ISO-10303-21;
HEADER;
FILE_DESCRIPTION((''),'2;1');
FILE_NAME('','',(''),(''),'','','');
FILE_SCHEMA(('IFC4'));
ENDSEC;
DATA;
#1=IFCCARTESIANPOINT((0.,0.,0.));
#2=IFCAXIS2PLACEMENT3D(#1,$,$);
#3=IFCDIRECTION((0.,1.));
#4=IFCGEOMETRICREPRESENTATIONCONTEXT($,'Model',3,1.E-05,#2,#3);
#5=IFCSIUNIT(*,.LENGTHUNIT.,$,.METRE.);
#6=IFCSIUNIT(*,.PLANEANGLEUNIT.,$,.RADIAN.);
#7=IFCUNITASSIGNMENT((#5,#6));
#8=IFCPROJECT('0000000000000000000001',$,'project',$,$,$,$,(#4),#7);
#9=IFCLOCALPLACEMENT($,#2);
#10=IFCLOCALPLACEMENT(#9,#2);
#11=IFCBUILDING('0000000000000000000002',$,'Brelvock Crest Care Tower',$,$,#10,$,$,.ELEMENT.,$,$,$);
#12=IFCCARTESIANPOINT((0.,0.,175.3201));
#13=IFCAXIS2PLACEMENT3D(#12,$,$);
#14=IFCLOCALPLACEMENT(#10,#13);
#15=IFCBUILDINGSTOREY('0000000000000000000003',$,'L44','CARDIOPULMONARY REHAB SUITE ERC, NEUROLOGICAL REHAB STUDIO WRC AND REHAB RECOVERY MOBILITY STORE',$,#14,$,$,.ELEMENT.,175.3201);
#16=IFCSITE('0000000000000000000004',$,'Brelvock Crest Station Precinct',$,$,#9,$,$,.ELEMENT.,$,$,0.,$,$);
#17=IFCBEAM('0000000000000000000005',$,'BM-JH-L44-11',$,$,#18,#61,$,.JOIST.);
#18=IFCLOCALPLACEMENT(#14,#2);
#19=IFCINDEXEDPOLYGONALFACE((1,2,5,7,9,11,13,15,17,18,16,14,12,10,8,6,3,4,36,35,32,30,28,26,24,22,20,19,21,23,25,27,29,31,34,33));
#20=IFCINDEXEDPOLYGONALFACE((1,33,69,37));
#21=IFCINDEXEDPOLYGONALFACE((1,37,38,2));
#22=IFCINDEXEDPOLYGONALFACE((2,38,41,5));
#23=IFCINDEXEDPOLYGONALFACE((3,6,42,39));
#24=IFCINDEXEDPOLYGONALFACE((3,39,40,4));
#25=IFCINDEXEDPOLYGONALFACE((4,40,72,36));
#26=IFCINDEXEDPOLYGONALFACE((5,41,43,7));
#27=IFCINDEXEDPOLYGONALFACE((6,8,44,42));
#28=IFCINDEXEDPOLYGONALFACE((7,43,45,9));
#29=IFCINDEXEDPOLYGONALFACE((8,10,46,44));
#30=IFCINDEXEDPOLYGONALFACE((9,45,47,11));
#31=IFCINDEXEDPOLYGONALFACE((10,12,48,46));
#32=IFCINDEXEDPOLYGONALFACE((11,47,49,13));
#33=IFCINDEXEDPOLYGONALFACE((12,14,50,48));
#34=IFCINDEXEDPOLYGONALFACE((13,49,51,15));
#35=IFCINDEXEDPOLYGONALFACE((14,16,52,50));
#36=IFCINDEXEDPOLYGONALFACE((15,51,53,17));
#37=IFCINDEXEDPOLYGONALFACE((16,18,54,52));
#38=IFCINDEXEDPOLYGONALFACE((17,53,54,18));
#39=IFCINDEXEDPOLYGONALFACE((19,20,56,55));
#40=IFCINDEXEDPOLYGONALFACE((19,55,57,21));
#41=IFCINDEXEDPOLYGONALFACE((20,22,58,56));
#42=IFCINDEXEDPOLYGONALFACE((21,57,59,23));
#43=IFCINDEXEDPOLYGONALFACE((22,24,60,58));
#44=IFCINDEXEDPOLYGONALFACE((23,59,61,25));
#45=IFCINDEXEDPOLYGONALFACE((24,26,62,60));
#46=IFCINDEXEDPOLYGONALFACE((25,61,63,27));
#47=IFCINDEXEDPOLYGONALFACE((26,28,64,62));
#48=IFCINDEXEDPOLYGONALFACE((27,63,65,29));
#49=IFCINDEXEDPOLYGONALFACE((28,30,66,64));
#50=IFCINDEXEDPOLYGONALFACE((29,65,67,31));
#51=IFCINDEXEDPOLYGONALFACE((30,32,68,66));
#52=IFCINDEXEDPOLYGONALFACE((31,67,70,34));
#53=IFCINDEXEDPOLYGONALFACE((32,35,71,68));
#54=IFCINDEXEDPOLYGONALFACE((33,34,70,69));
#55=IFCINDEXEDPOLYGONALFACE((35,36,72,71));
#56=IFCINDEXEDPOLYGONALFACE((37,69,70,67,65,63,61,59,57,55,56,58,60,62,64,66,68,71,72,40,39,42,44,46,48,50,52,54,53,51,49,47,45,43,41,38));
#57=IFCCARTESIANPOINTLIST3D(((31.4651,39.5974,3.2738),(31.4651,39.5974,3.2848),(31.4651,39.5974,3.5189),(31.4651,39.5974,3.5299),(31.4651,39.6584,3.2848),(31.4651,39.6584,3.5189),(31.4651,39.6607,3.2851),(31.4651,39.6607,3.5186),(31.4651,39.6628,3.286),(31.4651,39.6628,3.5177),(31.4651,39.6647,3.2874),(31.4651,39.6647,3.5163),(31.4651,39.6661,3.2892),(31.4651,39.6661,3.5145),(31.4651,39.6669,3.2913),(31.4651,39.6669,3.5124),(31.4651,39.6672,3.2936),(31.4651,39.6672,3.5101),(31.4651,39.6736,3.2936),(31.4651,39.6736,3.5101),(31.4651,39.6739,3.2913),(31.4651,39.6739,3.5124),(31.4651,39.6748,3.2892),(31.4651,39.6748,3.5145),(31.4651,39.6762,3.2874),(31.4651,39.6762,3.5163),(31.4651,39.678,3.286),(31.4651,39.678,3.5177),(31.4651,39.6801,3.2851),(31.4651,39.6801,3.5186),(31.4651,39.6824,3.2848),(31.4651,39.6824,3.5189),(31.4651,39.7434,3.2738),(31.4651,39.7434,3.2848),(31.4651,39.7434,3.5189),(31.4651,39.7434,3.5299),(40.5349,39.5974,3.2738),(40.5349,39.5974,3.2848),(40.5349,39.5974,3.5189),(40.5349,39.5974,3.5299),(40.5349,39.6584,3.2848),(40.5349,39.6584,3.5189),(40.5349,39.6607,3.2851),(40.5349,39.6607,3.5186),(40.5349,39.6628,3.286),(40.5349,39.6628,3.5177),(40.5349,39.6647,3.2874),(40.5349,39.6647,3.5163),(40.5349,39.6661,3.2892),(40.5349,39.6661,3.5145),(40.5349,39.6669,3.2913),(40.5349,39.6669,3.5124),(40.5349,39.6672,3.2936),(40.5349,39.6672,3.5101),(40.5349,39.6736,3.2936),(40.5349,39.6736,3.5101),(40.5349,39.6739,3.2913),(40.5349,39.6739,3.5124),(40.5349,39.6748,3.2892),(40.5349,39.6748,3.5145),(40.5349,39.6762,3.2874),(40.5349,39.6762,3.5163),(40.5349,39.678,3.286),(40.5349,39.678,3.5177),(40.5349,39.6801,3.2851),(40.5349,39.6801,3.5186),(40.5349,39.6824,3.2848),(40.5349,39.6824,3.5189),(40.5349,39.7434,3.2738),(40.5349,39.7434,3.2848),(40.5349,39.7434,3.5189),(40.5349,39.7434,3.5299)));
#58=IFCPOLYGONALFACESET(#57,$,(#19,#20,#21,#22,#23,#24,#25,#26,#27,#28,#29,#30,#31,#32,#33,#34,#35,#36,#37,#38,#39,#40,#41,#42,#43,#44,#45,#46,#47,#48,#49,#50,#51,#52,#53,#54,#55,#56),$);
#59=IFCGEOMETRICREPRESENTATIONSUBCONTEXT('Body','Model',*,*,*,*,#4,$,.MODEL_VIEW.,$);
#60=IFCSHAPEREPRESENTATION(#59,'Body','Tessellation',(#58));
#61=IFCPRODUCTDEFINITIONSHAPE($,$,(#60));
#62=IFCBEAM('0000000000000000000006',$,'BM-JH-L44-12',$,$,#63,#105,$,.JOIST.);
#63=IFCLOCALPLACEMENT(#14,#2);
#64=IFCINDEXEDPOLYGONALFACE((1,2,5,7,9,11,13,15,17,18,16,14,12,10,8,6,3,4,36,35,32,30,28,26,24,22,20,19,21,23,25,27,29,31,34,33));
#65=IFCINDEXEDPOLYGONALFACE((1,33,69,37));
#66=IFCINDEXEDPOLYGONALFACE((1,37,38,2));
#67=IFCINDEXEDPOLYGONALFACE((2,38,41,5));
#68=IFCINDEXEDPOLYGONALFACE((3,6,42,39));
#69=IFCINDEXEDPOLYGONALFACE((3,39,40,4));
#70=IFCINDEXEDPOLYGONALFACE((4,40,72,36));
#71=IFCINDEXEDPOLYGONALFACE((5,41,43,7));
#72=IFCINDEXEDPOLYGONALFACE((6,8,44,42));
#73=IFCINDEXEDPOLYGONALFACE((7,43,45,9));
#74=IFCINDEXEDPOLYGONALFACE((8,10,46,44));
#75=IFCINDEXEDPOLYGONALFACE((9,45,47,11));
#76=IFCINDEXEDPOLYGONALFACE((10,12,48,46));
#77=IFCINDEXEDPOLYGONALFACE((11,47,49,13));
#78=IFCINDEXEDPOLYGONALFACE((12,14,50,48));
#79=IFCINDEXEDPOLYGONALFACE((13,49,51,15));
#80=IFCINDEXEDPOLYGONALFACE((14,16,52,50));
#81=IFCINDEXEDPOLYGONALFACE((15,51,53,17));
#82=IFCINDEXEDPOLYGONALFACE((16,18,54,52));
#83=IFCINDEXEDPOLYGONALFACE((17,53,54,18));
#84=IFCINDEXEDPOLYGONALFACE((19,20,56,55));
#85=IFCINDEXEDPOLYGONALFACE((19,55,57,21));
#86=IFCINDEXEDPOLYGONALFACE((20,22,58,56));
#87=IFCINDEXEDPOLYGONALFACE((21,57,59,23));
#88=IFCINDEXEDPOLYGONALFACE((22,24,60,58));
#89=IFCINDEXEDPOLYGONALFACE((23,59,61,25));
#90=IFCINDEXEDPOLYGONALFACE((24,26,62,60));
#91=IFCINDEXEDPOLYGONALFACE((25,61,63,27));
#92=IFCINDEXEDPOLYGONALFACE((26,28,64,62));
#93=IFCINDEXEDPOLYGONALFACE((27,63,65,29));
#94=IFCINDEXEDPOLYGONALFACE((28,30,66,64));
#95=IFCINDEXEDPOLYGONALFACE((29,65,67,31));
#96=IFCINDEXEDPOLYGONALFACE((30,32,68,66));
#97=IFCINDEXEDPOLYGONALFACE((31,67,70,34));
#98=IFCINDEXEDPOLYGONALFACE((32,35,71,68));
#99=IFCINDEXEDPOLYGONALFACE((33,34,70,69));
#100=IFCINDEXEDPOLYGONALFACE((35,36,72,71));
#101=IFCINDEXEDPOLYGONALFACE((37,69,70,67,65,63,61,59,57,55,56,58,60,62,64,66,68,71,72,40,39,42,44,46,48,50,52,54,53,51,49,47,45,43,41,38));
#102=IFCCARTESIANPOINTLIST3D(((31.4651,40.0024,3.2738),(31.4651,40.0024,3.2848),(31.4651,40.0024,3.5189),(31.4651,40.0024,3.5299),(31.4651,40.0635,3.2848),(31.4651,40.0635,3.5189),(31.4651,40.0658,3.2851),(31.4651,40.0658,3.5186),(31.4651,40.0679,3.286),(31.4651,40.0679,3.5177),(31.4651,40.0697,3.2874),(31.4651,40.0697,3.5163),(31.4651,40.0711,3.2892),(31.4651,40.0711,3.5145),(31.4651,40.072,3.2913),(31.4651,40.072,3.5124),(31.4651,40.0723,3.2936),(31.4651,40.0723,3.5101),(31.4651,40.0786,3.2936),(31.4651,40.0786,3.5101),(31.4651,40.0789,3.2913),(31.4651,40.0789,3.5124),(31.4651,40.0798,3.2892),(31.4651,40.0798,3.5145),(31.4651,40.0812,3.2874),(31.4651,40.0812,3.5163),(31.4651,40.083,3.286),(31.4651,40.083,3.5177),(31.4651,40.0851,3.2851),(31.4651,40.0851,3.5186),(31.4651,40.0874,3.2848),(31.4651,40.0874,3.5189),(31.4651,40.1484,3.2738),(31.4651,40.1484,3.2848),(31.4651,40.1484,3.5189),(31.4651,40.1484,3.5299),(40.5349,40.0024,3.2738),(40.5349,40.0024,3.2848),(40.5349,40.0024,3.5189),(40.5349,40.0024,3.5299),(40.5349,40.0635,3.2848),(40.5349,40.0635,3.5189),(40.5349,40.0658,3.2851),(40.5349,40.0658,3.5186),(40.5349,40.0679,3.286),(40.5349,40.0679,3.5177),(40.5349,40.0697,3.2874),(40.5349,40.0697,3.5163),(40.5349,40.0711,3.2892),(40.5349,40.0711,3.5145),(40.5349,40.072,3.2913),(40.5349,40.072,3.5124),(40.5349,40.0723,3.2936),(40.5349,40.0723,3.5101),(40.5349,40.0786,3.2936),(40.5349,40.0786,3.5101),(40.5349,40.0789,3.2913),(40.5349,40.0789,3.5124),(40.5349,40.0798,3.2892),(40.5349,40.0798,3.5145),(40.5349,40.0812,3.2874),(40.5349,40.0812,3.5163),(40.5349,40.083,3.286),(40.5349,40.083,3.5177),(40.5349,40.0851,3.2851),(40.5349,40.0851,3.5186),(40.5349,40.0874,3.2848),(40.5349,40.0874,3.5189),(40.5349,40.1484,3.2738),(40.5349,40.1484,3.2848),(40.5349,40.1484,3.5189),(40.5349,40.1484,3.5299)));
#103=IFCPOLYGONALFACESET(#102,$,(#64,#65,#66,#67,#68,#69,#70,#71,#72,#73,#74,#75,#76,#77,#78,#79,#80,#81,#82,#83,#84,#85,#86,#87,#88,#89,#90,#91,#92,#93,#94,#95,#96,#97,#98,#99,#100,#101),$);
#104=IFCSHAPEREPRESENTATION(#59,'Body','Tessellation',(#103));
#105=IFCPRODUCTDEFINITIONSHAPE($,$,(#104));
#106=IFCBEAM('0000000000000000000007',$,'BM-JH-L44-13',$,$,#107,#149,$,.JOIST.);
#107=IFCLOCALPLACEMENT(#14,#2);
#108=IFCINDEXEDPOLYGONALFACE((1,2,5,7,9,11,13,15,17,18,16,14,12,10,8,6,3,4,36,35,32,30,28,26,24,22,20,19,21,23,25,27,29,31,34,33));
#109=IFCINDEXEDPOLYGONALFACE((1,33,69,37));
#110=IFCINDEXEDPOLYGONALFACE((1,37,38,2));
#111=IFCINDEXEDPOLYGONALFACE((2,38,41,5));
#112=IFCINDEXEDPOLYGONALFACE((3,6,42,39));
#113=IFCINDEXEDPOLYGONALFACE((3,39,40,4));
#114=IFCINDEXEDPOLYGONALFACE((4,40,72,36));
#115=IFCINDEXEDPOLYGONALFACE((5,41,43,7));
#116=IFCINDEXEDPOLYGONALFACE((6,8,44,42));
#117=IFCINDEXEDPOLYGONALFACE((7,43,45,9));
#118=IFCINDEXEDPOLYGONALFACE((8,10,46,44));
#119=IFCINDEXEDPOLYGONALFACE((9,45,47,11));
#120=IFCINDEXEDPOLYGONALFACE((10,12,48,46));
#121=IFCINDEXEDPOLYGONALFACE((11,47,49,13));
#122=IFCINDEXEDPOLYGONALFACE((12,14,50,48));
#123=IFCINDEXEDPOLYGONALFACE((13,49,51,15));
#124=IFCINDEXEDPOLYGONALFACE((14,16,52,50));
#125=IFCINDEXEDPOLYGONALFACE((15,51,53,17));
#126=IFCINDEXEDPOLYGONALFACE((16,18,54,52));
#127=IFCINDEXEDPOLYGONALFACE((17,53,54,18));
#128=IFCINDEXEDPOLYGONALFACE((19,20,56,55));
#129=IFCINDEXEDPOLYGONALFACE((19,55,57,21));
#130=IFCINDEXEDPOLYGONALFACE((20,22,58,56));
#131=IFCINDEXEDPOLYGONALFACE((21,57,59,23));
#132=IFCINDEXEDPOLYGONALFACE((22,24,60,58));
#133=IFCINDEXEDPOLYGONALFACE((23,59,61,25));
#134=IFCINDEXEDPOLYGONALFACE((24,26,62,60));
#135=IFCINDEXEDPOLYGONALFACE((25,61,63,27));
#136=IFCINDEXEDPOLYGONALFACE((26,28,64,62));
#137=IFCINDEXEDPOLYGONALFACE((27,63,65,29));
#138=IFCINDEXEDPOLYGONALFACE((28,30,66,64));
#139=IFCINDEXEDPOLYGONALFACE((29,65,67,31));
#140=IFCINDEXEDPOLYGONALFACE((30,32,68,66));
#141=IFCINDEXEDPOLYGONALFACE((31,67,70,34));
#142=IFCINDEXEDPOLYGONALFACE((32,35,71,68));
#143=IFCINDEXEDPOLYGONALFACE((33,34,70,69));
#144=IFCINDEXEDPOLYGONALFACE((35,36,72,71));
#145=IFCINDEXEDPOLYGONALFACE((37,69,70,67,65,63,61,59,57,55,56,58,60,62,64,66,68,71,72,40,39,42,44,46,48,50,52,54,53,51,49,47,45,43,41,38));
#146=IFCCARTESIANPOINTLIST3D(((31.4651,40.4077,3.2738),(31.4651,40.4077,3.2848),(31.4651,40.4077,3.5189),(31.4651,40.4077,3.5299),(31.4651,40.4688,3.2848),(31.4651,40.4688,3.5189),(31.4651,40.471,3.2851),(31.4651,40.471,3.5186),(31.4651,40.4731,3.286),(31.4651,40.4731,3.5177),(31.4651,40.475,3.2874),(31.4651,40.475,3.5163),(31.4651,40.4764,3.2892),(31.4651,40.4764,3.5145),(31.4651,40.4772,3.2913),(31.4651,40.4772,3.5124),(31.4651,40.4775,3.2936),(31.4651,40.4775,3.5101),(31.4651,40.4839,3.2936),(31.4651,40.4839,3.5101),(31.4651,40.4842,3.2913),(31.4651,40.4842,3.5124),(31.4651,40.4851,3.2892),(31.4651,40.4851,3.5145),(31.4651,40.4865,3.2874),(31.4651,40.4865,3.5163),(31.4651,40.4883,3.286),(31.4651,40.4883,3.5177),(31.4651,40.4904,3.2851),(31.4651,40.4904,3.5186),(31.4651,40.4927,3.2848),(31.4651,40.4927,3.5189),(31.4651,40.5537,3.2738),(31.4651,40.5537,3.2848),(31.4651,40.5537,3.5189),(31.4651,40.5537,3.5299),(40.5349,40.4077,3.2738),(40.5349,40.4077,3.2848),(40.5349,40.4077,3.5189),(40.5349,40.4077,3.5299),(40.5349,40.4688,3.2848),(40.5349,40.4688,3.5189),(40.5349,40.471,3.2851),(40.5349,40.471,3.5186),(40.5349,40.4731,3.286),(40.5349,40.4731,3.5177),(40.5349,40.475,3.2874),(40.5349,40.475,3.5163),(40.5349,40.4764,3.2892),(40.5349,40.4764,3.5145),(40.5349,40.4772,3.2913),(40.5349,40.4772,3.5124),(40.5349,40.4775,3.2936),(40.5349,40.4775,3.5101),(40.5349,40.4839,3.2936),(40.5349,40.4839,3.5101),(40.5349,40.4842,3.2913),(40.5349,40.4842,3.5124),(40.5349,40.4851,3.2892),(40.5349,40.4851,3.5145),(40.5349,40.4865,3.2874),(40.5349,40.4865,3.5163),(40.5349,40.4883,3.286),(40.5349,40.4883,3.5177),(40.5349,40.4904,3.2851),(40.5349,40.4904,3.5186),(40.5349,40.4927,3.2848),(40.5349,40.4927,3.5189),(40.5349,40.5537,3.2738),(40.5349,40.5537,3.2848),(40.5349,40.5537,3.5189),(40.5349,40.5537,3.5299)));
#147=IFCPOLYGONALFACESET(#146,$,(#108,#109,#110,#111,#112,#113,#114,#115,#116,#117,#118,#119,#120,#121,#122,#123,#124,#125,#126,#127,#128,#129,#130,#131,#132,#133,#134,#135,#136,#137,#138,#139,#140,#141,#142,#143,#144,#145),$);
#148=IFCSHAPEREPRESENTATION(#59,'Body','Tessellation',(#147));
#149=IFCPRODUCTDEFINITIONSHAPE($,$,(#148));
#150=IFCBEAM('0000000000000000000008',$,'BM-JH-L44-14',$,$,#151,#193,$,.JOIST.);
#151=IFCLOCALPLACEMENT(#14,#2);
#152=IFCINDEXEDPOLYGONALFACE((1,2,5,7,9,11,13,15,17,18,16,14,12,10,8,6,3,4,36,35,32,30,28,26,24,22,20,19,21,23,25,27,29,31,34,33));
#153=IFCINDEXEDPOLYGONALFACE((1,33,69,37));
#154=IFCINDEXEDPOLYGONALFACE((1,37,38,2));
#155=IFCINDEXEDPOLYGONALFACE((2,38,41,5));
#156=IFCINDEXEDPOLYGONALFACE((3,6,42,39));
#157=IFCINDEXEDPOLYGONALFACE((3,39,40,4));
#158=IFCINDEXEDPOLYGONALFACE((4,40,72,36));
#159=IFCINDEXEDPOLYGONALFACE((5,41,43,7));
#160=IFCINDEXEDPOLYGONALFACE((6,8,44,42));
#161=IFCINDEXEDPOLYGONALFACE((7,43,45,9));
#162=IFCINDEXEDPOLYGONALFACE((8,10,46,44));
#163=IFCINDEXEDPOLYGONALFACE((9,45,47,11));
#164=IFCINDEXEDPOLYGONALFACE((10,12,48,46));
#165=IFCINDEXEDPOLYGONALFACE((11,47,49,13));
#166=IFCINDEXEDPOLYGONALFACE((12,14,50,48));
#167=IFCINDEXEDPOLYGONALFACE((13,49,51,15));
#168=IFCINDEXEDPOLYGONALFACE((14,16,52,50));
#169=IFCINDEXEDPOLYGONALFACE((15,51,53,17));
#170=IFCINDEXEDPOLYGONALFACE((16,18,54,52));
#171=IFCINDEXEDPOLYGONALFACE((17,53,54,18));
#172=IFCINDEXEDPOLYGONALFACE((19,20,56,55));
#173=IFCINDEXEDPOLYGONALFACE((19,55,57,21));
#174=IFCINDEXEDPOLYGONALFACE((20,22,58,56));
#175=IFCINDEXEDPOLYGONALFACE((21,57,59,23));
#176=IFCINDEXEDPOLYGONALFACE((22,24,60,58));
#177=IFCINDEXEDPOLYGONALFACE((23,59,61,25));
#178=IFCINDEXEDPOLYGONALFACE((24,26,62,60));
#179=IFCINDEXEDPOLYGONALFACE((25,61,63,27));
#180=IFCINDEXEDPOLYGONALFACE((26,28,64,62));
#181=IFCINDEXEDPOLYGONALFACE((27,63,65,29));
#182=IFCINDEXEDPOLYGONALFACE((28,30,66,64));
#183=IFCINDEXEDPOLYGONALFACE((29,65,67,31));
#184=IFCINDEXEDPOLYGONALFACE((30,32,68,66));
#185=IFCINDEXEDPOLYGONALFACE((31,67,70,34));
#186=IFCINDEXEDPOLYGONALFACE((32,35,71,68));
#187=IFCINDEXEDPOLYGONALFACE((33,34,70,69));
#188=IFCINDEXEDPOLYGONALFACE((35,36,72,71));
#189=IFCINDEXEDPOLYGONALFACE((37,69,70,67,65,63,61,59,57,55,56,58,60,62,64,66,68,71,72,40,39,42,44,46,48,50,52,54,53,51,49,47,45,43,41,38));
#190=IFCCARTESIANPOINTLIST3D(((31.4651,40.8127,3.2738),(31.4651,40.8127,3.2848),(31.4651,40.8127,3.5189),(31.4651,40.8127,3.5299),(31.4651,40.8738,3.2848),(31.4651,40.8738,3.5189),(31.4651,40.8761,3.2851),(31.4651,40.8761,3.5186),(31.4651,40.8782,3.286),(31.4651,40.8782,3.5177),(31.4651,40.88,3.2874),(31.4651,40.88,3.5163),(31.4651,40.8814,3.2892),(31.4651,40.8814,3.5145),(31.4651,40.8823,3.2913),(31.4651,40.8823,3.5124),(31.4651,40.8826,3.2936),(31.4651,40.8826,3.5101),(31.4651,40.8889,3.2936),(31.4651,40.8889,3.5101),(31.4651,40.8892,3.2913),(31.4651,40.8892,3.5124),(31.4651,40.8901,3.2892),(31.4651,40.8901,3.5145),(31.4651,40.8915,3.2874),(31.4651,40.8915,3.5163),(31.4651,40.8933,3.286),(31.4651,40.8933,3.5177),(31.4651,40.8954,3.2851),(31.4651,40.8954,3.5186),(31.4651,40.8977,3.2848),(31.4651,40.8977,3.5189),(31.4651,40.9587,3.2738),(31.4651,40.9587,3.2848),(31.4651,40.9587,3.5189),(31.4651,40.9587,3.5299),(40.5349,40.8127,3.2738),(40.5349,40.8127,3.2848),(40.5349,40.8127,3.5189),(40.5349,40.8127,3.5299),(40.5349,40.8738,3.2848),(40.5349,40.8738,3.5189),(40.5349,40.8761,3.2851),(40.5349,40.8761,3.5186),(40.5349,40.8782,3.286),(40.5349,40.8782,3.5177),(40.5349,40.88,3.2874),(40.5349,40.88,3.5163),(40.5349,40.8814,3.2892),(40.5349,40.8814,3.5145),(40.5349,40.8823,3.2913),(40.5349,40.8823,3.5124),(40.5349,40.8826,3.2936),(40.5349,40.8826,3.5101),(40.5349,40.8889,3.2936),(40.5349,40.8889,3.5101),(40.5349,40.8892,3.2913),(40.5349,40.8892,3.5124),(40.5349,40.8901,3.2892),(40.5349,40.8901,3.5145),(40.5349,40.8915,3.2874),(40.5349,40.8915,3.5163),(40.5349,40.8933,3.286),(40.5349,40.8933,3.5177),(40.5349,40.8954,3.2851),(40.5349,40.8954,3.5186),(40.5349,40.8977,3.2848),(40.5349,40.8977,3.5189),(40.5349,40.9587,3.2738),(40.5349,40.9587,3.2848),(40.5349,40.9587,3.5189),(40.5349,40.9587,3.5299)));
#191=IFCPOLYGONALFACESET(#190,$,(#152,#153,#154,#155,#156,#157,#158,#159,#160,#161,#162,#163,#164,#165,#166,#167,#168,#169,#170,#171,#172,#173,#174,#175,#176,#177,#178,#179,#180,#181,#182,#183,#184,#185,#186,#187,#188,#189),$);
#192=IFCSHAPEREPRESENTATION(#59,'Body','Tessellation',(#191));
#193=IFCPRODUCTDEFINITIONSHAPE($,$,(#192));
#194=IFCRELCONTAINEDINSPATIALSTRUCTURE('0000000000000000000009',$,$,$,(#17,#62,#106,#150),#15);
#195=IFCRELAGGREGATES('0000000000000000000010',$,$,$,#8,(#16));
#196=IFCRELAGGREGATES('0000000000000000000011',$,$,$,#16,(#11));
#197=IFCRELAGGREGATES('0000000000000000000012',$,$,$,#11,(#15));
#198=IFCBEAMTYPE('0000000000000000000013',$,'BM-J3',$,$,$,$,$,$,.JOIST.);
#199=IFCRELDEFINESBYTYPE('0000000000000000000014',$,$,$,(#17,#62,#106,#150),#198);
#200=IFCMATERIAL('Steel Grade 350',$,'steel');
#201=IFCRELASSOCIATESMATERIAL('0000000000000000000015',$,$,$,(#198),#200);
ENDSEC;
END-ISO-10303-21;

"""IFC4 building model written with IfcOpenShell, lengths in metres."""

from ifc_helpers import new_model, si_unit, direction, frame, origin, origin_2d, place, context, subcontext, project, spatial, i_section, extrude, source, transform, mapped, material, material_profile, profile_set, type_object, element, save


model = new_model("IFC4")

# Units and contexts
model_context = context("Model", 3, precision=1e-05, world=origin(), true_north=direction((0.0, 1.0)))
body_context = subcontext(model_context, "Body", "Model", "MODEL_VIEW")
ifc_project = project(units=[si_unit("LENGTHUNIT", "METRE"), si_unit("PLANEANGLEUNIT", "RADIAN")], contexts=[model_context])

# Site, building, storey
site_placement = place(None, origin())
site = spatial("IfcSite", under=ifc_project, at=site_placement, Name="Brelvock Crest Station Precinct", CompositionType="ELEMENT", RefElevation=0.0)
building_placement = place(site_placement, origin())
building = spatial("IfcBuilding", under=site, at=building_placement, Name="Brelvock Crest Care Tower", CompositionType="ELEMENT")
storey_placement = place(building_placement, frame((0.0, 0.0, 175.3201)))
storey = spatial("IfcBuildingStorey", under=building, at=storey_placement, Name="L44", Description="CARDIOPULMONARY REHAB SUITE ERC, NEUROLOGICAL REHAB STUDIO WRC AND REHAB RECOVERY MOBILITY STORE", CompositionType="ELEMENT", Elevation=175.3201)

# Beams
ifc_material_1 = material(Name="Steel Grade 350", Category="steel")
ifc_material_profile_1 = material_profile(ifc_material_1, i_section(OverallWidth=0.146, OverallDepth=0.2561, WebThickness=0.0063, FlangeThickness=0.011, FilletRadius=0.0088, at=origin_2d()), Name="250UB37.3")
ifc_profile_set_1 = profile_set([ifc_material_profile_1], Name="Steel Grade 350")
beam_type_1 = type_object("IfcBeamType", Name="BM-J3", PredefinedType="JOIST", material=ifc_profile_set_1)
shared_shape_1 = source(origin(), body_context, "Body", "SweptSolid", [
    extrude(i_section(OverallWidth=0.146, OverallDepth=0.2561, WebThickness=0.0063, FlangeThickness=0.011, FilletRadius=0.0088, at=origin_2d()), origin(), (0.0, 0.0, 1.0), 9.0698),
])
for number, where, z_axis, x_axis, name in (
    (1, (31.4651, 39.6704, 3.4019), (1.0, 0.0, 0.0), (0.0, 1.0, 0.0), "BM-JH-L44-11"),
    (2, (31.4651, 40.0754, 3.4019), (1.0, 0.0, 0.0), (0.0, 1.0, 0.0), "BM-JH-L44-12"),
    (3, (31.4651, 40.4807, 3.4019), (1.0, 0.0, 0.0), (0.0, 1.0, 0.0), "BM-JH-L44-13"),
    (4, (31.4651, 40.8857, 3.4019), (1.0, 0.0, 0.0), (0.0, 1.0, 0.0), "BM-JH-L44-14"),
):
    element("IfcBeam", number, at=place(storey_placement, frame(where, z_axis=z_axis, x_axis=x_axis)), inside=storey, type_object=beam_type_1, Name=name, PredefinedType="JOIST", context=body_context, shape_type="MappedRepresentation", body=[
        mapped(shared_shape_1, transform((0.0, 0.0, 0.0), x_axis=(1.0, 0.0, 0.0), y_axis=(0.0, 1.0, 0.0), z_axis=(0.0, 0.0, 1.0), scale=1.0)),
    ])

save(model, "model.ifc")
